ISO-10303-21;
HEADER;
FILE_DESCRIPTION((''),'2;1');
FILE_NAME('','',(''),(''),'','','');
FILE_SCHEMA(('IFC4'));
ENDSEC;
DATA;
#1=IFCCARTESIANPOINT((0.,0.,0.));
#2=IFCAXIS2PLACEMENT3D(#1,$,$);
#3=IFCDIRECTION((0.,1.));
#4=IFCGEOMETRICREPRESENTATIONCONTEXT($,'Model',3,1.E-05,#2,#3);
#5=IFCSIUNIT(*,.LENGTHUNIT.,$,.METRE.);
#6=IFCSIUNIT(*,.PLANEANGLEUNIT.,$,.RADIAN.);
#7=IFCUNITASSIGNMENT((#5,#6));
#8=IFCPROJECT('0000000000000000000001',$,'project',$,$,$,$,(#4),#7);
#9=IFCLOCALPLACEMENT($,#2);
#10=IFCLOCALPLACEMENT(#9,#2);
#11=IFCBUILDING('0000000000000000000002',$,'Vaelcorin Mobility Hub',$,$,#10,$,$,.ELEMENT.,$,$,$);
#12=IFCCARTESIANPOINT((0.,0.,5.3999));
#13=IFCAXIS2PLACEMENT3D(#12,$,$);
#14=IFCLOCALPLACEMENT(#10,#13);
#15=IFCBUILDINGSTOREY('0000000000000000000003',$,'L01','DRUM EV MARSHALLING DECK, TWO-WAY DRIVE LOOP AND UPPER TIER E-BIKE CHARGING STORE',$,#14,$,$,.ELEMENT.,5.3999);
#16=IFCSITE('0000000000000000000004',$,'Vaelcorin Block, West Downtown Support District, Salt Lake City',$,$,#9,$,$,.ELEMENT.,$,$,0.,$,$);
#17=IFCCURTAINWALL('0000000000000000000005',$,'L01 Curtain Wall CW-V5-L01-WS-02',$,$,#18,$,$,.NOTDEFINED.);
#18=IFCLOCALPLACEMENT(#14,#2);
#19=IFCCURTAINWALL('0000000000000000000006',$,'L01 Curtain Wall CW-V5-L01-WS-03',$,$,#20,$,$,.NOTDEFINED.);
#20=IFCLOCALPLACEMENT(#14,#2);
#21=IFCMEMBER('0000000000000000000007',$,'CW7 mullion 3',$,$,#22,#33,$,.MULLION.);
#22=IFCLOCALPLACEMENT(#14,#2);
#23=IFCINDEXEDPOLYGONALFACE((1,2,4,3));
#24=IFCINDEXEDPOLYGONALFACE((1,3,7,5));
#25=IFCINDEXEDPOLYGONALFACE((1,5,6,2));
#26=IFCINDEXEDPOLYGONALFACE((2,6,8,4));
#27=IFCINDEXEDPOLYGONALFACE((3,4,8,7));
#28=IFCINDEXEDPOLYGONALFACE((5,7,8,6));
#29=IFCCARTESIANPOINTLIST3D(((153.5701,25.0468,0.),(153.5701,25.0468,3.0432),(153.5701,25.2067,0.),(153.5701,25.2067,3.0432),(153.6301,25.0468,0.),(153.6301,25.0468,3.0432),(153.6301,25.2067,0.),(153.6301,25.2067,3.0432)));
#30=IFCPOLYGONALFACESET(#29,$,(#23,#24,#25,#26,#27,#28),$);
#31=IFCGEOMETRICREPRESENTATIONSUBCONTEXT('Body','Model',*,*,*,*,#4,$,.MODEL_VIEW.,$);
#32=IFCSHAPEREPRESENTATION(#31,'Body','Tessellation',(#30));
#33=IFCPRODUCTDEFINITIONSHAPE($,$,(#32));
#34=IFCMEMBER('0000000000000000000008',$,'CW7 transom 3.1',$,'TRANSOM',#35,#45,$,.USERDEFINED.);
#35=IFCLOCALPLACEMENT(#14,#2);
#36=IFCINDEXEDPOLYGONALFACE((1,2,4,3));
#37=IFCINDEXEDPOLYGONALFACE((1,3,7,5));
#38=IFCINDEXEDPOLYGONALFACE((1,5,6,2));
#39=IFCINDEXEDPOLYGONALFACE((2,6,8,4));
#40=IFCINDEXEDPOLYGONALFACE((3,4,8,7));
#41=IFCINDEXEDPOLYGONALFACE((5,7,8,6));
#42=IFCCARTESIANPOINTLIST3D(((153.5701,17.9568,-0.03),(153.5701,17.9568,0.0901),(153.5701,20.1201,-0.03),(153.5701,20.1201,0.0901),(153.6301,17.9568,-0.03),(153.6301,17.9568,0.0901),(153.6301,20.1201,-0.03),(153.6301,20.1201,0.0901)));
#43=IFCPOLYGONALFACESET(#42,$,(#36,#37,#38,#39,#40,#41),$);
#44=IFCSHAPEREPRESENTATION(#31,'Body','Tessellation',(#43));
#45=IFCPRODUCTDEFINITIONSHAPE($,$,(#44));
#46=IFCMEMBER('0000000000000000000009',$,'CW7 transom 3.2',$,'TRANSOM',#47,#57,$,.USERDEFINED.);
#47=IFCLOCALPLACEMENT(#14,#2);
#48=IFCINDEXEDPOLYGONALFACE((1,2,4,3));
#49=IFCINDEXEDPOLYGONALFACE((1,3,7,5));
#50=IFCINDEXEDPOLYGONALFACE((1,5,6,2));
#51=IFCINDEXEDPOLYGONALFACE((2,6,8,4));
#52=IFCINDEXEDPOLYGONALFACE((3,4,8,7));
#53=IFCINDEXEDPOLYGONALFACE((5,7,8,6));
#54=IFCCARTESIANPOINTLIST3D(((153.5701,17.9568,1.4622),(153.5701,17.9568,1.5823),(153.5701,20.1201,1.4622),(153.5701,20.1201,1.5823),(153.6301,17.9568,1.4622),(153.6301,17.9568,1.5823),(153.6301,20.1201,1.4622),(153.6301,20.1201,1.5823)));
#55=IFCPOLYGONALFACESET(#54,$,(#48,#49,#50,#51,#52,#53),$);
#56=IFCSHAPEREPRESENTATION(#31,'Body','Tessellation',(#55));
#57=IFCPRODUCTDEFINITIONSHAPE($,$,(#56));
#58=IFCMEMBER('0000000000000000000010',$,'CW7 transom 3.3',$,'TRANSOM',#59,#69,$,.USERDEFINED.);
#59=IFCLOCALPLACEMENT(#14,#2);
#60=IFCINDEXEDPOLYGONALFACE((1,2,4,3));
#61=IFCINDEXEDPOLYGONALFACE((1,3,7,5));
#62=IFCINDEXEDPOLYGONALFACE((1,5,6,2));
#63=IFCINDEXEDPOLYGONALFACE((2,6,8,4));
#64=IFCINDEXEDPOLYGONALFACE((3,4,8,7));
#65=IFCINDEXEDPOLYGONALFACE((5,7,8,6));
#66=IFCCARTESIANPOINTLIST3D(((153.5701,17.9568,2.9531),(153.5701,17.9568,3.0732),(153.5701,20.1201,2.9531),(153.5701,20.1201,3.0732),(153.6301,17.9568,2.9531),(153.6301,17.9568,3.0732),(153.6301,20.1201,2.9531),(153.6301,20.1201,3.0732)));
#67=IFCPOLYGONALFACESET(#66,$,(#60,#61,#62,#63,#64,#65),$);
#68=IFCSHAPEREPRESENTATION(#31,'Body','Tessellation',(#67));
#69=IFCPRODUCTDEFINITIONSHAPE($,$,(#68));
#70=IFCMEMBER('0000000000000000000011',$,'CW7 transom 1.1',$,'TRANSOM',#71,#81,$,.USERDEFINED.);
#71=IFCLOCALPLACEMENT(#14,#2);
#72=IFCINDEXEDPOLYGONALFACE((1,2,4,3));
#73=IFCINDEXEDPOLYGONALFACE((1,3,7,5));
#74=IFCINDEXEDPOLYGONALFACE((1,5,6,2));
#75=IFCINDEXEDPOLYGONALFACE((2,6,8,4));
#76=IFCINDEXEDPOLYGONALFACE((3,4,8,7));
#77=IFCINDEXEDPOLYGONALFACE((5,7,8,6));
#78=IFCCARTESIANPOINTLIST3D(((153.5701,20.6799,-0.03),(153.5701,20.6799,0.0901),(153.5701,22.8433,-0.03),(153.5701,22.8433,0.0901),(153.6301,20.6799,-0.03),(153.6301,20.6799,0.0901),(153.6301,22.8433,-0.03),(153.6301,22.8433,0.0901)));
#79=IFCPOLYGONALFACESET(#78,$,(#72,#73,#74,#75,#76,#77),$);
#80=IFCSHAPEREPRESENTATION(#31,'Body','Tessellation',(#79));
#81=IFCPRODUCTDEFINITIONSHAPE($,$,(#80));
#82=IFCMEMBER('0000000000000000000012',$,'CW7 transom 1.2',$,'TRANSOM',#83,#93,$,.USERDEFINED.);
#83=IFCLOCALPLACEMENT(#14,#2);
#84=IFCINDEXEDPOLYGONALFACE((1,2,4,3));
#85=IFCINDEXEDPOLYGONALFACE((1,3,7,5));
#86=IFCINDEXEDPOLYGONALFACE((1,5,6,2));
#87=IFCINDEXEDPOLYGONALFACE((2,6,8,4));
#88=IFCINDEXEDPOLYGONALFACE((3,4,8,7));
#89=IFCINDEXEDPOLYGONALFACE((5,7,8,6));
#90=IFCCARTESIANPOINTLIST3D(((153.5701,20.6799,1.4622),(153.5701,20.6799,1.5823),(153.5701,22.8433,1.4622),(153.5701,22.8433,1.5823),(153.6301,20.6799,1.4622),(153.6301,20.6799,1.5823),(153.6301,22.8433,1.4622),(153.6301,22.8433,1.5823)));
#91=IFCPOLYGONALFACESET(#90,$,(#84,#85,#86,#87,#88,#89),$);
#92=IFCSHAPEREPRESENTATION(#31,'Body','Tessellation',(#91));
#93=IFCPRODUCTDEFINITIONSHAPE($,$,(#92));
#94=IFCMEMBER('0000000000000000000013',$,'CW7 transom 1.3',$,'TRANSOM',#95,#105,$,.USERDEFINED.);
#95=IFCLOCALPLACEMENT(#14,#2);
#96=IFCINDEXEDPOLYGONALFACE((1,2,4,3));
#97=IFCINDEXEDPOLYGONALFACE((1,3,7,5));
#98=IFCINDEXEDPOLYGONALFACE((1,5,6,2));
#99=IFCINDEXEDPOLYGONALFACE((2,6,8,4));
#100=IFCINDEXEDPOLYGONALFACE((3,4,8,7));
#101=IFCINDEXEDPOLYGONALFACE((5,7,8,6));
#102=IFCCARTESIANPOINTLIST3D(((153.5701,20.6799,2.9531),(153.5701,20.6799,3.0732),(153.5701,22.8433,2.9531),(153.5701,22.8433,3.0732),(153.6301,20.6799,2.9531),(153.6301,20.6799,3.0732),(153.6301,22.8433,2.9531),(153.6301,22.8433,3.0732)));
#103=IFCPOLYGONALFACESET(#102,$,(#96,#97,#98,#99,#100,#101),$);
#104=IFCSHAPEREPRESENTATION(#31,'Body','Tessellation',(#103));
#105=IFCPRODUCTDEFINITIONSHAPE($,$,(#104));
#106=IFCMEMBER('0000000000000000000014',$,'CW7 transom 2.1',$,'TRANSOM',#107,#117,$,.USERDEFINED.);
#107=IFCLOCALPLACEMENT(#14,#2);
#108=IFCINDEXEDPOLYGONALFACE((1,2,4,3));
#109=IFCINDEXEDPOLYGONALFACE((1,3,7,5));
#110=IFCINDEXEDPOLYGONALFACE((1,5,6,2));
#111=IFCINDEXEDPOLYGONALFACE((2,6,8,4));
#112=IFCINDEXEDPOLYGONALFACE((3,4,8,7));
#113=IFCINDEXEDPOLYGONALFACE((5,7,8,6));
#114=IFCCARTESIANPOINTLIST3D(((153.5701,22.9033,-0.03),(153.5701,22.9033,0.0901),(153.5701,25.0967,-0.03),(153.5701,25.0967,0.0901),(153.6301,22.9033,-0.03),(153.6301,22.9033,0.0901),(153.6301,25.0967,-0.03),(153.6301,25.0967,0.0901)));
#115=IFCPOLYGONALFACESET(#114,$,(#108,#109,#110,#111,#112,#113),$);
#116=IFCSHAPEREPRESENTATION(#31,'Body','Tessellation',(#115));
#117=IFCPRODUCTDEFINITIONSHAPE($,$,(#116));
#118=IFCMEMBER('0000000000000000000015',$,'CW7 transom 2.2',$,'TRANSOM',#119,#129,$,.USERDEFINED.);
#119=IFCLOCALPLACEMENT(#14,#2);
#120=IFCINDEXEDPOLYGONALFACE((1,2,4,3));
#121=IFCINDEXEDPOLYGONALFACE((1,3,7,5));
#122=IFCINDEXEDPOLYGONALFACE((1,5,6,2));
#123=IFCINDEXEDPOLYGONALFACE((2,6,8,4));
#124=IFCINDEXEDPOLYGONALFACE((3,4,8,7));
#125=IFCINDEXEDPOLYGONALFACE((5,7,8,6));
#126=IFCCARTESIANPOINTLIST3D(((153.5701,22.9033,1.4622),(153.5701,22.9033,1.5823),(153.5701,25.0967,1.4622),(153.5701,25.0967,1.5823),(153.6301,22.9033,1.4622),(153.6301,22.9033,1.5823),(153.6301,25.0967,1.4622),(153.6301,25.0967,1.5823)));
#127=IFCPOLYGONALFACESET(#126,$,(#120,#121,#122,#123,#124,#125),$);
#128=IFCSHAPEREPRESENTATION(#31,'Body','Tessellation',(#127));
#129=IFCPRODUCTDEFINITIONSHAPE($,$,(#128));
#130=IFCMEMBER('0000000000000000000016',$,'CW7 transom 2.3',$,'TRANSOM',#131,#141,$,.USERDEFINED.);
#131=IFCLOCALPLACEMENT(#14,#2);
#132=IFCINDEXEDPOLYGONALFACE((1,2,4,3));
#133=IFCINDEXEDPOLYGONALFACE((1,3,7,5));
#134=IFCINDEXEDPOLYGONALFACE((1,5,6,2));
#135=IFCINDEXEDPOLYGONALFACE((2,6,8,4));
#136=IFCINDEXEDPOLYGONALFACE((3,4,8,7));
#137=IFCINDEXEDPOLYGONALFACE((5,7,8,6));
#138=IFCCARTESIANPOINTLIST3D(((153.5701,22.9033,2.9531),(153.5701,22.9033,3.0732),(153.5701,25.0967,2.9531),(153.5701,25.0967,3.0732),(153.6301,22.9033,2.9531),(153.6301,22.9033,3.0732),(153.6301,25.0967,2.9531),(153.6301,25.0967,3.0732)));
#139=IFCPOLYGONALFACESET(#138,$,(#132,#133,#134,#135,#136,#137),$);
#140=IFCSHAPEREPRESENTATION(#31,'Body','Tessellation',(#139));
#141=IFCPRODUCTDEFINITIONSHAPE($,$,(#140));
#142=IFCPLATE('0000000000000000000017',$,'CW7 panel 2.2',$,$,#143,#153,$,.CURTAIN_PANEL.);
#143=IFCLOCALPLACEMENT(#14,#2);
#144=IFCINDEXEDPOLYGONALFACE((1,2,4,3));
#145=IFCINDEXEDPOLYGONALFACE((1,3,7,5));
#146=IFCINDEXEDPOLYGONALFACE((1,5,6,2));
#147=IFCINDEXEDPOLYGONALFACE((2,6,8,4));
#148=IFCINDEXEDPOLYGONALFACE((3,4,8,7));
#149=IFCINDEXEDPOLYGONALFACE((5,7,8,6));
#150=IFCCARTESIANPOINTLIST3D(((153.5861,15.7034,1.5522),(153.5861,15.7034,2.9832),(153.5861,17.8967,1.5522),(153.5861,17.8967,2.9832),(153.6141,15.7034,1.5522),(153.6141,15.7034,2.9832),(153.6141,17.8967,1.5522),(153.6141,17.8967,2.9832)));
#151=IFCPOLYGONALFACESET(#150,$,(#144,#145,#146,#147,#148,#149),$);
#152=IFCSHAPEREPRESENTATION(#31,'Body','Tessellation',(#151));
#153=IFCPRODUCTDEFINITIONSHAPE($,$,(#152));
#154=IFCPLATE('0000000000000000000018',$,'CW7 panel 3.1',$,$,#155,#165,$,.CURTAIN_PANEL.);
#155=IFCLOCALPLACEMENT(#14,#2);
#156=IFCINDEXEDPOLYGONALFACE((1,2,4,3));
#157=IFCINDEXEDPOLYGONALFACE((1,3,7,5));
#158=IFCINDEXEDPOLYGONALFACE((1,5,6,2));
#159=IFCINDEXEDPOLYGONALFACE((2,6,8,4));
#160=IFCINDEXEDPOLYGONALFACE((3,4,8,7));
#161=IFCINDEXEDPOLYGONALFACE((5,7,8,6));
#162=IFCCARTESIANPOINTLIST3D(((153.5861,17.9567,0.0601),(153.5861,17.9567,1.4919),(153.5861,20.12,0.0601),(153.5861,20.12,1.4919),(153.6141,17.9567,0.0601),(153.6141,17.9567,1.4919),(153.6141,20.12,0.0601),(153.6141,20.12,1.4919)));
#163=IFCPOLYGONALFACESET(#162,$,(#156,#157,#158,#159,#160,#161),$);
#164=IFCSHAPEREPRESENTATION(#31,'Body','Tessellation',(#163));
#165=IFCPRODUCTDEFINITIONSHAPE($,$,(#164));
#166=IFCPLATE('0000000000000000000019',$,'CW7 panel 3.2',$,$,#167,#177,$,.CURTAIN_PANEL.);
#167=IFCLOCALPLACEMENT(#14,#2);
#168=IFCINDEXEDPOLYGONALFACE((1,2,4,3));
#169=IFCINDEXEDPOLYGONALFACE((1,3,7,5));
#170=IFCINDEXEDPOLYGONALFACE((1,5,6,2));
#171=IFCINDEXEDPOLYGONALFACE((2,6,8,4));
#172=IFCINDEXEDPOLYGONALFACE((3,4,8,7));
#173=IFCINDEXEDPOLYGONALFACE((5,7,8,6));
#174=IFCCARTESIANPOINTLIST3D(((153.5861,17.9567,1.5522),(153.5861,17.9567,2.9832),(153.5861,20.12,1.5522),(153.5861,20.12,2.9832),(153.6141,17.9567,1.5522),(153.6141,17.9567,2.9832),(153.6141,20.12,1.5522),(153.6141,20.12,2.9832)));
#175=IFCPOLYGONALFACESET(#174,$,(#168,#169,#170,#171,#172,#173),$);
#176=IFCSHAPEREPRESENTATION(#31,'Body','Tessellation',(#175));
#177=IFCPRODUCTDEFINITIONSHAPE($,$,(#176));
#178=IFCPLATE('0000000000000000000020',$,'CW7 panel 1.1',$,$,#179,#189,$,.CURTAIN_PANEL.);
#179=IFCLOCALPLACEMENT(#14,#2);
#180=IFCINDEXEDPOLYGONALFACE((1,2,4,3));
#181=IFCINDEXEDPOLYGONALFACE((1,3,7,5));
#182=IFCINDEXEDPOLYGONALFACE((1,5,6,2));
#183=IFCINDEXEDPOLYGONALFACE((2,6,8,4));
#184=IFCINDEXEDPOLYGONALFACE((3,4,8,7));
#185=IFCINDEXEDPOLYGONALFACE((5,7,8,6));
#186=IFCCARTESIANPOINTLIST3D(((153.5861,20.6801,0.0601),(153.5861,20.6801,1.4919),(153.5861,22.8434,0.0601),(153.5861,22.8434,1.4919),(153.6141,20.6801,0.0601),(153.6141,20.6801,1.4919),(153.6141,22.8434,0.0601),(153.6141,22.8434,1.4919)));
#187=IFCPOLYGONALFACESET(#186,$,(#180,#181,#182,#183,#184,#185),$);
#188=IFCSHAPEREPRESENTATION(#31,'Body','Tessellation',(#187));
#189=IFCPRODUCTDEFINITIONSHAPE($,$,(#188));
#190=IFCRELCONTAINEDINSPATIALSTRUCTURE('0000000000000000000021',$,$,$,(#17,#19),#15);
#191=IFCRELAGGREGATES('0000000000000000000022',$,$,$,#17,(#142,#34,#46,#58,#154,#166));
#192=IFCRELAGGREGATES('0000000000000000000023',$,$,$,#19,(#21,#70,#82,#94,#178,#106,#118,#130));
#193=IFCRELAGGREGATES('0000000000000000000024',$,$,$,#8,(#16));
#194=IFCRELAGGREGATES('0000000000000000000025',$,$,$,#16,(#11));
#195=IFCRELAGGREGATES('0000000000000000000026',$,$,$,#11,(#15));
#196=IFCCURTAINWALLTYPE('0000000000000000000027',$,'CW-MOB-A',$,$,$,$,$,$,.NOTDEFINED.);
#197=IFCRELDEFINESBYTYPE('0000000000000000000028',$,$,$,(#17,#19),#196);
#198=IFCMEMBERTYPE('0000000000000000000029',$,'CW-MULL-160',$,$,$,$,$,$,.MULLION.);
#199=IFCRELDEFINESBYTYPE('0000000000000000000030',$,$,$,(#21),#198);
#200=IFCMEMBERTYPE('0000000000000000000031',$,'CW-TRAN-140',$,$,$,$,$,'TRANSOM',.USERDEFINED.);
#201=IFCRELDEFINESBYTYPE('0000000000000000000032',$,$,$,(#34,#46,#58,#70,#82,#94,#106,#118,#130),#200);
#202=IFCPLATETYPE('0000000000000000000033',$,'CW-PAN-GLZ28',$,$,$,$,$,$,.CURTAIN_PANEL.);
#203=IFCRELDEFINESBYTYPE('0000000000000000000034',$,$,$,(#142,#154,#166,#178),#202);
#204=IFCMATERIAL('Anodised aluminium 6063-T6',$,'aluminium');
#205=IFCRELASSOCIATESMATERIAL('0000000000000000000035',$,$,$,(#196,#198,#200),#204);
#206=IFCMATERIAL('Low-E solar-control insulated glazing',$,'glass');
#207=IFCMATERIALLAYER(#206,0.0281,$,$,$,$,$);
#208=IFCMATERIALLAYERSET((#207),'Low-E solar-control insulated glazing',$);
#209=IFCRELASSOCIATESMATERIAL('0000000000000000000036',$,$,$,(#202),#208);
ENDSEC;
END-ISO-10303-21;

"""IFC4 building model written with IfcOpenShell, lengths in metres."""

from ifc_helpers import new_model, si_unit, direction, frame, origin, origin_2d, place, context, subcontext, project, spatial, rectangle, extrude, material, layer, layer_set, material_profile, profile_set, type_object, element, aggregate, save


model = new_model("IFC4")

# Units and contexts
model_context = context("Model", 3, precision=1e-05, world=origin(), true_north=direction((0.0, 1.0)))
body_context = subcontext(model_context, "Body", "Model", "MODEL_VIEW")
ifc_project = project(units=[si_unit("LENGTHUNIT", "METRE"), si_unit("PLANEANGLEUNIT", "RADIAN")], contexts=[model_context])

# Site, building, storey
site_placement = place(None, origin())
site = spatial("IfcSite", under=ifc_project, at=site_placement, Name="Vaelcorin Block, West Downtown Support District, Salt Lake City", CompositionType="ELEMENT", RefElevation=0.0)
building_placement = place(site_placement, origin())
building = spatial("IfcBuilding", under=site, at=building_placement, Name="Vaelcorin Mobility Hub", CompositionType="ELEMENT")
storey_placement = place(building_placement, frame((0.0, 0.0, 5.3999)))
storey = spatial("IfcBuildingStorey", under=building, at=storey_placement, Name="L01", Description="DRUM EV MARSHALLING DECK, TWO-WAY DRIVE LOOP AND UPPER TIER E-BIKE CHARGING STORE", CompositionType="ELEMENT", Elevation=5.3999)

# Curtain walls, member
ifc_material_1 = material(Name="Anodised aluminium 6063-T6", Category="aluminium")
curtain_wall_type = type_object("IfcCurtainWallType", Name="CW-MOB-A", PredefinedType="NOTDEFINED", material=ifc_material_1)
curtain_wall_1_placement = place(storey_placement, origin())
curtain_wall_1 = element("IfcCurtainWall", 1, at=curtain_wall_1_placement, inside=storey, type_object=curtain_wall_type, Name="L01 Curtain Wall CW-V5-L01-WS-02", PredefinedType="NOTDEFINED")
ifc_material_profile_1 = material_profile(ifc_material_1, rectangle(XDim=0.0601, YDim=0.1599, at=origin_2d()), Name="ALU-M60X160")
ifc_profile_set_1 = profile_set([ifc_material_profile_1], Name="Anodised aluminium 6063-T6")
member_type_1 = type_object("IfcMemberType", Name="CW-MULL-160", PredefinedType="MULLION", material=ifc_profile_set_1)
curtain_wall_2_placement = place(storey_placement, origin())
curtain_wall_2 = element("IfcCurtainWall", 2, at=curtain_wall_2_placement, inside=storey, type_object=curtain_wall_type, Name="L01 Curtain Wall CW-V5-L01-WS-03", PredefinedType="NOTDEFINED")
member_1_placement = place(storey_placement, frame((153.6001, 25.1267, 0.0), z_axis=(0.0, 0.0, 1.0), x_axis=(-1.0, 0.0, 0.0)))
member_1 = element("IfcMember", 3, at=member_1_placement, type_object=member_type_1, Name="CW7 mullion 3", PredefinedType="MULLION", context=body_context, shape_type="SweptSolid", body=[
    extrude(rectangle(XDim=0.0601, YDim=0.1599, at=origin_2d()), origin(), (0.0, 0.0, 1.0), 3.0432),
])

# Members
ifc_material_profile_2 = material_profile(ifc_material_1, rectangle(XDim=0.0601, YDim=0.1201, at=origin_2d()), Name="ALU-T60X120")
ifc_profile_set_2 = profile_set([ifc_material_profile_2], Name="Anodised aluminium 6063-T6")
member_type_2 = type_object("IfcMemberType", Name="CW-TRAN-140", ElementType="TRANSOM", PredefinedType="USERDEFINED", material=ifc_profile_set_2)
member_2_placement = place(storey_placement, frame((153.6001, 17.9568, 0.03), z_axis=(0.0, 1.0, 0.0), x_axis=(-1.0, 0.0, 0.0)))
member_2 = element("IfcMember", 4, at=member_2_placement, type_object=member_type_2, Name="CW7 transom 3.1", ObjectType="TRANSOM", PredefinedType="USERDEFINED", context=body_context, shape_type="SweptSolid", body=[
    extrude(rectangle(XDim=0.0601, YDim=0.1201, at=origin_2d()), origin(), (0.0, 0.0, 1.0), 2.1633),
])
member_3_placement = place(storey_placement, frame((153.6001, 17.9568, 1.5222), z_axis=(0.0, 1.0, 0.0), x_axis=(-1.0, 0.0, 0.0)))
member_3 = element("IfcMember", 5, at=member_3_placement, type_object=member_type_2, Name="CW7 transom 3.2", ObjectType="TRANSOM", PredefinedType="USERDEFINED", context=body_context, shape_type="SweptSolid", body=[
    extrude(rectangle(XDim=0.0601, YDim=0.1201, at=origin_2d()), origin(), (0.0, 0.0, 1.0), 2.1633),
])
member_4_placement = place(storey_placement, frame((153.6001, 17.9568, 3.0132), z_axis=(0.0, 1.0, 0.0), x_axis=(-1.0, 0.0, 0.0)))
member_4 = element("IfcMember", 6, at=member_4_placement, type_object=member_type_2, Name="CW7 transom 3.3", ObjectType="TRANSOM", PredefinedType="USERDEFINED", context=body_context, shape_type="SweptSolid", body=[
    extrude(rectangle(XDim=0.0601, YDim=0.1201, at=origin_2d()), origin(), (0.0, 0.0, 1.0), 2.1633),
])
member_5_placement = place(storey_placement, frame((153.6001, 20.6799, 0.03), z_axis=(0.0, 1.0, 0.0), x_axis=(-1.0, 0.0, 0.0)))
member_5 = element("IfcMember", 7, at=member_5_placement, type_object=member_type_2, Name="CW7 transom 1.1", ObjectType="TRANSOM", PredefinedType="USERDEFINED", context=body_context, shape_type="SweptSolid", body=[
    extrude(rectangle(XDim=0.0601, YDim=0.1201, at=origin_2d()), origin(), (0.0, 0.0, 1.0), 2.1633),
])
member_6_placement = place(storey_placement, frame((153.6001, 20.6799, 1.5222), z_axis=(0.0, 1.0, 0.0), x_axis=(-1.0, 0.0, 0.0)))
member_6 = element("IfcMember", 8, at=member_6_placement, type_object=member_type_2, Name="CW7 transom 1.2", ObjectType="TRANSOM", PredefinedType="USERDEFINED", context=body_context, shape_type="SweptSolid", body=[
    extrude(rectangle(XDim=0.0601, YDim=0.1201, at=origin_2d()), origin(), (0.0, 0.0, 1.0), 2.1633),
])
member_7_placement = place(storey_placement, frame((153.6001, 20.6799, 3.0132), z_axis=(0.0, 1.0, 0.0), x_axis=(-1.0, 0.0, 0.0)))
member_7 = element("IfcMember", 9, at=member_7_placement, type_object=member_type_2, Name="CW7 transom 1.3", ObjectType="TRANSOM", PredefinedType="USERDEFINED", context=body_context, shape_type="SweptSolid", body=[
    extrude(rectangle(XDim=0.0601, YDim=0.1201, at=origin_2d()), origin(), (0.0, 0.0, 1.0), 2.1633),
])
member_8_placement = place(storey_placement, frame((153.6001, 22.9033, 0.03), z_axis=(0.0, 1.0, 0.0), x_axis=(-1.0, 0.0, 0.0)))
member_8 = element("IfcMember", 10, at=member_8_placement, type_object=member_type_2, Name="CW7 transom 2.1", ObjectType="TRANSOM", PredefinedType="USERDEFINED", context=body_context, shape_type="SweptSolid", body=[
    extrude(rectangle(XDim=0.0601, YDim=0.1201, at=origin_2d()), origin(), (0.0, 0.0, 1.0), 2.1934),
])
member_9_placement = place(storey_placement, frame((153.6001, 22.9033, 1.5222), z_axis=(0.0, 1.0, 0.0), x_axis=(-1.0, 0.0, 0.0)))
member_9 = element("IfcMember", 11, at=member_9_placement, type_object=member_type_2, Name="CW7 transom 2.2", ObjectType="TRANSOM", PredefinedType="USERDEFINED", context=body_context, shape_type="SweptSolid", body=[
    extrude(rectangle(XDim=0.0601, YDim=0.1201, at=origin_2d()), origin(), (0.0, 0.0, 1.0), 2.1934),
])
member_10_placement = place(storey_placement, frame((153.6001, 22.9033, 3.0132), z_axis=(0.0, 1.0, 0.0), x_axis=(-1.0, 0.0, 0.0)))
member_10 = element("IfcMember", 12, at=member_10_placement, type_object=member_type_2, Name="CW7 transom 2.3", ObjectType="TRANSOM", PredefinedType="USERDEFINED", context=body_context, shape_type="SweptSolid", body=[
    extrude(rectangle(XDim=0.0601, YDim=0.1201, at=origin_2d()), origin(), (0.0, 0.0, 1.0), 2.1934),
])

# Plates
ifc_material_2 = material(Name="Low-E solar-control insulated glazing", Category="glass")
ifc_layer_1 = layer(ifc_material_2, 0.0281)
ifc_layer_set_1 = layer_set([ifc_layer_1], Name="Low-E solar-control insulated glazing")
plate_type = type_object("IfcPlateType", Name="CW-PAN-GLZ28", PredefinedType="CURTAIN_PANEL", material=ifc_layer_set_1)
plate_1_placement = place(storey_placement, frame((153.6001, 16.8, 1.5522), z_axis=(0.0, 0.0, 1.0), x_axis=(0.0, 1.0, 0.0)))
plate_1 = element("IfcPlate", 13, at=plate_1_placement, type_object=plate_type, Name="CW7 panel 2.2", PredefinedType="CURTAIN_PANEL", context=body_context, shape_type="SweptSolid", body=[
    extrude(rectangle(XDim=2.1934, YDim=0.0281, at=origin_2d()), origin(), (0.0, 0.0, 1.0), 1.4309),
])
plate_2_placement = place(storey_placement, frame((153.6001, 19.0383, 0.0601), z_axis=(0.0, 0.0, 1.0), x_axis=(0.0, 1.0, 0.0)))
plate_2 = element("IfcPlate", 14, at=plate_2_placement, type_object=plate_type, Name="CW7 panel 3.1", PredefinedType="CURTAIN_PANEL", context=body_context, shape_type="SweptSolid", body=[
    extrude(rectangle(XDim=2.1633, YDim=0.0281, at=origin_2d()), origin(), (0.0, 0.0, 1.0), 1.4319),
])
plate_3_placement = place(storey_placement, frame((153.6001, 19.0383, 1.5522), z_axis=(0.0, 0.0, 1.0), x_axis=(0.0, 1.0, 0.0)))
plate_3 = element("IfcPlate", 15, at=plate_3_placement, type_object=plate_type, Name="CW7 panel 3.2", PredefinedType="CURTAIN_PANEL", context=body_context, shape_type="SweptSolid", body=[
    extrude(rectangle(XDim=2.1633, YDim=0.0281, at=origin_2d()), origin(), (0.0, 0.0, 1.0), 1.4309),
])
aggregate(curtain_wall_1, [plate_1, member_2, member_3, member_4, plate_2, plate_3])
plate_4_placement = place(storey_placement, frame((153.6001, 21.7617, 0.0601), z_axis=(0.0, 0.0, 1.0), x_axis=(0.0, 1.0, 0.0)))
plate_4 = element("IfcPlate", 16, at=plate_4_placement, type_object=plate_type, Name="CW7 panel 1.1", PredefinedType="CURTAIN_PANEL", context=body_context, shape_type="SweptSolid", body=[
    extrude(rectangle(XDim=2.1633, YDim=0.0281, at=origin_2d()), origin(), (0.0, 0.0, 1.0), 1.4319),
])
aggregate(curtain_wall_2, [member_1, member_5, member_6, member_7, plate_4, member_8, member_9, member_10])

save(model, "model.ifc")
